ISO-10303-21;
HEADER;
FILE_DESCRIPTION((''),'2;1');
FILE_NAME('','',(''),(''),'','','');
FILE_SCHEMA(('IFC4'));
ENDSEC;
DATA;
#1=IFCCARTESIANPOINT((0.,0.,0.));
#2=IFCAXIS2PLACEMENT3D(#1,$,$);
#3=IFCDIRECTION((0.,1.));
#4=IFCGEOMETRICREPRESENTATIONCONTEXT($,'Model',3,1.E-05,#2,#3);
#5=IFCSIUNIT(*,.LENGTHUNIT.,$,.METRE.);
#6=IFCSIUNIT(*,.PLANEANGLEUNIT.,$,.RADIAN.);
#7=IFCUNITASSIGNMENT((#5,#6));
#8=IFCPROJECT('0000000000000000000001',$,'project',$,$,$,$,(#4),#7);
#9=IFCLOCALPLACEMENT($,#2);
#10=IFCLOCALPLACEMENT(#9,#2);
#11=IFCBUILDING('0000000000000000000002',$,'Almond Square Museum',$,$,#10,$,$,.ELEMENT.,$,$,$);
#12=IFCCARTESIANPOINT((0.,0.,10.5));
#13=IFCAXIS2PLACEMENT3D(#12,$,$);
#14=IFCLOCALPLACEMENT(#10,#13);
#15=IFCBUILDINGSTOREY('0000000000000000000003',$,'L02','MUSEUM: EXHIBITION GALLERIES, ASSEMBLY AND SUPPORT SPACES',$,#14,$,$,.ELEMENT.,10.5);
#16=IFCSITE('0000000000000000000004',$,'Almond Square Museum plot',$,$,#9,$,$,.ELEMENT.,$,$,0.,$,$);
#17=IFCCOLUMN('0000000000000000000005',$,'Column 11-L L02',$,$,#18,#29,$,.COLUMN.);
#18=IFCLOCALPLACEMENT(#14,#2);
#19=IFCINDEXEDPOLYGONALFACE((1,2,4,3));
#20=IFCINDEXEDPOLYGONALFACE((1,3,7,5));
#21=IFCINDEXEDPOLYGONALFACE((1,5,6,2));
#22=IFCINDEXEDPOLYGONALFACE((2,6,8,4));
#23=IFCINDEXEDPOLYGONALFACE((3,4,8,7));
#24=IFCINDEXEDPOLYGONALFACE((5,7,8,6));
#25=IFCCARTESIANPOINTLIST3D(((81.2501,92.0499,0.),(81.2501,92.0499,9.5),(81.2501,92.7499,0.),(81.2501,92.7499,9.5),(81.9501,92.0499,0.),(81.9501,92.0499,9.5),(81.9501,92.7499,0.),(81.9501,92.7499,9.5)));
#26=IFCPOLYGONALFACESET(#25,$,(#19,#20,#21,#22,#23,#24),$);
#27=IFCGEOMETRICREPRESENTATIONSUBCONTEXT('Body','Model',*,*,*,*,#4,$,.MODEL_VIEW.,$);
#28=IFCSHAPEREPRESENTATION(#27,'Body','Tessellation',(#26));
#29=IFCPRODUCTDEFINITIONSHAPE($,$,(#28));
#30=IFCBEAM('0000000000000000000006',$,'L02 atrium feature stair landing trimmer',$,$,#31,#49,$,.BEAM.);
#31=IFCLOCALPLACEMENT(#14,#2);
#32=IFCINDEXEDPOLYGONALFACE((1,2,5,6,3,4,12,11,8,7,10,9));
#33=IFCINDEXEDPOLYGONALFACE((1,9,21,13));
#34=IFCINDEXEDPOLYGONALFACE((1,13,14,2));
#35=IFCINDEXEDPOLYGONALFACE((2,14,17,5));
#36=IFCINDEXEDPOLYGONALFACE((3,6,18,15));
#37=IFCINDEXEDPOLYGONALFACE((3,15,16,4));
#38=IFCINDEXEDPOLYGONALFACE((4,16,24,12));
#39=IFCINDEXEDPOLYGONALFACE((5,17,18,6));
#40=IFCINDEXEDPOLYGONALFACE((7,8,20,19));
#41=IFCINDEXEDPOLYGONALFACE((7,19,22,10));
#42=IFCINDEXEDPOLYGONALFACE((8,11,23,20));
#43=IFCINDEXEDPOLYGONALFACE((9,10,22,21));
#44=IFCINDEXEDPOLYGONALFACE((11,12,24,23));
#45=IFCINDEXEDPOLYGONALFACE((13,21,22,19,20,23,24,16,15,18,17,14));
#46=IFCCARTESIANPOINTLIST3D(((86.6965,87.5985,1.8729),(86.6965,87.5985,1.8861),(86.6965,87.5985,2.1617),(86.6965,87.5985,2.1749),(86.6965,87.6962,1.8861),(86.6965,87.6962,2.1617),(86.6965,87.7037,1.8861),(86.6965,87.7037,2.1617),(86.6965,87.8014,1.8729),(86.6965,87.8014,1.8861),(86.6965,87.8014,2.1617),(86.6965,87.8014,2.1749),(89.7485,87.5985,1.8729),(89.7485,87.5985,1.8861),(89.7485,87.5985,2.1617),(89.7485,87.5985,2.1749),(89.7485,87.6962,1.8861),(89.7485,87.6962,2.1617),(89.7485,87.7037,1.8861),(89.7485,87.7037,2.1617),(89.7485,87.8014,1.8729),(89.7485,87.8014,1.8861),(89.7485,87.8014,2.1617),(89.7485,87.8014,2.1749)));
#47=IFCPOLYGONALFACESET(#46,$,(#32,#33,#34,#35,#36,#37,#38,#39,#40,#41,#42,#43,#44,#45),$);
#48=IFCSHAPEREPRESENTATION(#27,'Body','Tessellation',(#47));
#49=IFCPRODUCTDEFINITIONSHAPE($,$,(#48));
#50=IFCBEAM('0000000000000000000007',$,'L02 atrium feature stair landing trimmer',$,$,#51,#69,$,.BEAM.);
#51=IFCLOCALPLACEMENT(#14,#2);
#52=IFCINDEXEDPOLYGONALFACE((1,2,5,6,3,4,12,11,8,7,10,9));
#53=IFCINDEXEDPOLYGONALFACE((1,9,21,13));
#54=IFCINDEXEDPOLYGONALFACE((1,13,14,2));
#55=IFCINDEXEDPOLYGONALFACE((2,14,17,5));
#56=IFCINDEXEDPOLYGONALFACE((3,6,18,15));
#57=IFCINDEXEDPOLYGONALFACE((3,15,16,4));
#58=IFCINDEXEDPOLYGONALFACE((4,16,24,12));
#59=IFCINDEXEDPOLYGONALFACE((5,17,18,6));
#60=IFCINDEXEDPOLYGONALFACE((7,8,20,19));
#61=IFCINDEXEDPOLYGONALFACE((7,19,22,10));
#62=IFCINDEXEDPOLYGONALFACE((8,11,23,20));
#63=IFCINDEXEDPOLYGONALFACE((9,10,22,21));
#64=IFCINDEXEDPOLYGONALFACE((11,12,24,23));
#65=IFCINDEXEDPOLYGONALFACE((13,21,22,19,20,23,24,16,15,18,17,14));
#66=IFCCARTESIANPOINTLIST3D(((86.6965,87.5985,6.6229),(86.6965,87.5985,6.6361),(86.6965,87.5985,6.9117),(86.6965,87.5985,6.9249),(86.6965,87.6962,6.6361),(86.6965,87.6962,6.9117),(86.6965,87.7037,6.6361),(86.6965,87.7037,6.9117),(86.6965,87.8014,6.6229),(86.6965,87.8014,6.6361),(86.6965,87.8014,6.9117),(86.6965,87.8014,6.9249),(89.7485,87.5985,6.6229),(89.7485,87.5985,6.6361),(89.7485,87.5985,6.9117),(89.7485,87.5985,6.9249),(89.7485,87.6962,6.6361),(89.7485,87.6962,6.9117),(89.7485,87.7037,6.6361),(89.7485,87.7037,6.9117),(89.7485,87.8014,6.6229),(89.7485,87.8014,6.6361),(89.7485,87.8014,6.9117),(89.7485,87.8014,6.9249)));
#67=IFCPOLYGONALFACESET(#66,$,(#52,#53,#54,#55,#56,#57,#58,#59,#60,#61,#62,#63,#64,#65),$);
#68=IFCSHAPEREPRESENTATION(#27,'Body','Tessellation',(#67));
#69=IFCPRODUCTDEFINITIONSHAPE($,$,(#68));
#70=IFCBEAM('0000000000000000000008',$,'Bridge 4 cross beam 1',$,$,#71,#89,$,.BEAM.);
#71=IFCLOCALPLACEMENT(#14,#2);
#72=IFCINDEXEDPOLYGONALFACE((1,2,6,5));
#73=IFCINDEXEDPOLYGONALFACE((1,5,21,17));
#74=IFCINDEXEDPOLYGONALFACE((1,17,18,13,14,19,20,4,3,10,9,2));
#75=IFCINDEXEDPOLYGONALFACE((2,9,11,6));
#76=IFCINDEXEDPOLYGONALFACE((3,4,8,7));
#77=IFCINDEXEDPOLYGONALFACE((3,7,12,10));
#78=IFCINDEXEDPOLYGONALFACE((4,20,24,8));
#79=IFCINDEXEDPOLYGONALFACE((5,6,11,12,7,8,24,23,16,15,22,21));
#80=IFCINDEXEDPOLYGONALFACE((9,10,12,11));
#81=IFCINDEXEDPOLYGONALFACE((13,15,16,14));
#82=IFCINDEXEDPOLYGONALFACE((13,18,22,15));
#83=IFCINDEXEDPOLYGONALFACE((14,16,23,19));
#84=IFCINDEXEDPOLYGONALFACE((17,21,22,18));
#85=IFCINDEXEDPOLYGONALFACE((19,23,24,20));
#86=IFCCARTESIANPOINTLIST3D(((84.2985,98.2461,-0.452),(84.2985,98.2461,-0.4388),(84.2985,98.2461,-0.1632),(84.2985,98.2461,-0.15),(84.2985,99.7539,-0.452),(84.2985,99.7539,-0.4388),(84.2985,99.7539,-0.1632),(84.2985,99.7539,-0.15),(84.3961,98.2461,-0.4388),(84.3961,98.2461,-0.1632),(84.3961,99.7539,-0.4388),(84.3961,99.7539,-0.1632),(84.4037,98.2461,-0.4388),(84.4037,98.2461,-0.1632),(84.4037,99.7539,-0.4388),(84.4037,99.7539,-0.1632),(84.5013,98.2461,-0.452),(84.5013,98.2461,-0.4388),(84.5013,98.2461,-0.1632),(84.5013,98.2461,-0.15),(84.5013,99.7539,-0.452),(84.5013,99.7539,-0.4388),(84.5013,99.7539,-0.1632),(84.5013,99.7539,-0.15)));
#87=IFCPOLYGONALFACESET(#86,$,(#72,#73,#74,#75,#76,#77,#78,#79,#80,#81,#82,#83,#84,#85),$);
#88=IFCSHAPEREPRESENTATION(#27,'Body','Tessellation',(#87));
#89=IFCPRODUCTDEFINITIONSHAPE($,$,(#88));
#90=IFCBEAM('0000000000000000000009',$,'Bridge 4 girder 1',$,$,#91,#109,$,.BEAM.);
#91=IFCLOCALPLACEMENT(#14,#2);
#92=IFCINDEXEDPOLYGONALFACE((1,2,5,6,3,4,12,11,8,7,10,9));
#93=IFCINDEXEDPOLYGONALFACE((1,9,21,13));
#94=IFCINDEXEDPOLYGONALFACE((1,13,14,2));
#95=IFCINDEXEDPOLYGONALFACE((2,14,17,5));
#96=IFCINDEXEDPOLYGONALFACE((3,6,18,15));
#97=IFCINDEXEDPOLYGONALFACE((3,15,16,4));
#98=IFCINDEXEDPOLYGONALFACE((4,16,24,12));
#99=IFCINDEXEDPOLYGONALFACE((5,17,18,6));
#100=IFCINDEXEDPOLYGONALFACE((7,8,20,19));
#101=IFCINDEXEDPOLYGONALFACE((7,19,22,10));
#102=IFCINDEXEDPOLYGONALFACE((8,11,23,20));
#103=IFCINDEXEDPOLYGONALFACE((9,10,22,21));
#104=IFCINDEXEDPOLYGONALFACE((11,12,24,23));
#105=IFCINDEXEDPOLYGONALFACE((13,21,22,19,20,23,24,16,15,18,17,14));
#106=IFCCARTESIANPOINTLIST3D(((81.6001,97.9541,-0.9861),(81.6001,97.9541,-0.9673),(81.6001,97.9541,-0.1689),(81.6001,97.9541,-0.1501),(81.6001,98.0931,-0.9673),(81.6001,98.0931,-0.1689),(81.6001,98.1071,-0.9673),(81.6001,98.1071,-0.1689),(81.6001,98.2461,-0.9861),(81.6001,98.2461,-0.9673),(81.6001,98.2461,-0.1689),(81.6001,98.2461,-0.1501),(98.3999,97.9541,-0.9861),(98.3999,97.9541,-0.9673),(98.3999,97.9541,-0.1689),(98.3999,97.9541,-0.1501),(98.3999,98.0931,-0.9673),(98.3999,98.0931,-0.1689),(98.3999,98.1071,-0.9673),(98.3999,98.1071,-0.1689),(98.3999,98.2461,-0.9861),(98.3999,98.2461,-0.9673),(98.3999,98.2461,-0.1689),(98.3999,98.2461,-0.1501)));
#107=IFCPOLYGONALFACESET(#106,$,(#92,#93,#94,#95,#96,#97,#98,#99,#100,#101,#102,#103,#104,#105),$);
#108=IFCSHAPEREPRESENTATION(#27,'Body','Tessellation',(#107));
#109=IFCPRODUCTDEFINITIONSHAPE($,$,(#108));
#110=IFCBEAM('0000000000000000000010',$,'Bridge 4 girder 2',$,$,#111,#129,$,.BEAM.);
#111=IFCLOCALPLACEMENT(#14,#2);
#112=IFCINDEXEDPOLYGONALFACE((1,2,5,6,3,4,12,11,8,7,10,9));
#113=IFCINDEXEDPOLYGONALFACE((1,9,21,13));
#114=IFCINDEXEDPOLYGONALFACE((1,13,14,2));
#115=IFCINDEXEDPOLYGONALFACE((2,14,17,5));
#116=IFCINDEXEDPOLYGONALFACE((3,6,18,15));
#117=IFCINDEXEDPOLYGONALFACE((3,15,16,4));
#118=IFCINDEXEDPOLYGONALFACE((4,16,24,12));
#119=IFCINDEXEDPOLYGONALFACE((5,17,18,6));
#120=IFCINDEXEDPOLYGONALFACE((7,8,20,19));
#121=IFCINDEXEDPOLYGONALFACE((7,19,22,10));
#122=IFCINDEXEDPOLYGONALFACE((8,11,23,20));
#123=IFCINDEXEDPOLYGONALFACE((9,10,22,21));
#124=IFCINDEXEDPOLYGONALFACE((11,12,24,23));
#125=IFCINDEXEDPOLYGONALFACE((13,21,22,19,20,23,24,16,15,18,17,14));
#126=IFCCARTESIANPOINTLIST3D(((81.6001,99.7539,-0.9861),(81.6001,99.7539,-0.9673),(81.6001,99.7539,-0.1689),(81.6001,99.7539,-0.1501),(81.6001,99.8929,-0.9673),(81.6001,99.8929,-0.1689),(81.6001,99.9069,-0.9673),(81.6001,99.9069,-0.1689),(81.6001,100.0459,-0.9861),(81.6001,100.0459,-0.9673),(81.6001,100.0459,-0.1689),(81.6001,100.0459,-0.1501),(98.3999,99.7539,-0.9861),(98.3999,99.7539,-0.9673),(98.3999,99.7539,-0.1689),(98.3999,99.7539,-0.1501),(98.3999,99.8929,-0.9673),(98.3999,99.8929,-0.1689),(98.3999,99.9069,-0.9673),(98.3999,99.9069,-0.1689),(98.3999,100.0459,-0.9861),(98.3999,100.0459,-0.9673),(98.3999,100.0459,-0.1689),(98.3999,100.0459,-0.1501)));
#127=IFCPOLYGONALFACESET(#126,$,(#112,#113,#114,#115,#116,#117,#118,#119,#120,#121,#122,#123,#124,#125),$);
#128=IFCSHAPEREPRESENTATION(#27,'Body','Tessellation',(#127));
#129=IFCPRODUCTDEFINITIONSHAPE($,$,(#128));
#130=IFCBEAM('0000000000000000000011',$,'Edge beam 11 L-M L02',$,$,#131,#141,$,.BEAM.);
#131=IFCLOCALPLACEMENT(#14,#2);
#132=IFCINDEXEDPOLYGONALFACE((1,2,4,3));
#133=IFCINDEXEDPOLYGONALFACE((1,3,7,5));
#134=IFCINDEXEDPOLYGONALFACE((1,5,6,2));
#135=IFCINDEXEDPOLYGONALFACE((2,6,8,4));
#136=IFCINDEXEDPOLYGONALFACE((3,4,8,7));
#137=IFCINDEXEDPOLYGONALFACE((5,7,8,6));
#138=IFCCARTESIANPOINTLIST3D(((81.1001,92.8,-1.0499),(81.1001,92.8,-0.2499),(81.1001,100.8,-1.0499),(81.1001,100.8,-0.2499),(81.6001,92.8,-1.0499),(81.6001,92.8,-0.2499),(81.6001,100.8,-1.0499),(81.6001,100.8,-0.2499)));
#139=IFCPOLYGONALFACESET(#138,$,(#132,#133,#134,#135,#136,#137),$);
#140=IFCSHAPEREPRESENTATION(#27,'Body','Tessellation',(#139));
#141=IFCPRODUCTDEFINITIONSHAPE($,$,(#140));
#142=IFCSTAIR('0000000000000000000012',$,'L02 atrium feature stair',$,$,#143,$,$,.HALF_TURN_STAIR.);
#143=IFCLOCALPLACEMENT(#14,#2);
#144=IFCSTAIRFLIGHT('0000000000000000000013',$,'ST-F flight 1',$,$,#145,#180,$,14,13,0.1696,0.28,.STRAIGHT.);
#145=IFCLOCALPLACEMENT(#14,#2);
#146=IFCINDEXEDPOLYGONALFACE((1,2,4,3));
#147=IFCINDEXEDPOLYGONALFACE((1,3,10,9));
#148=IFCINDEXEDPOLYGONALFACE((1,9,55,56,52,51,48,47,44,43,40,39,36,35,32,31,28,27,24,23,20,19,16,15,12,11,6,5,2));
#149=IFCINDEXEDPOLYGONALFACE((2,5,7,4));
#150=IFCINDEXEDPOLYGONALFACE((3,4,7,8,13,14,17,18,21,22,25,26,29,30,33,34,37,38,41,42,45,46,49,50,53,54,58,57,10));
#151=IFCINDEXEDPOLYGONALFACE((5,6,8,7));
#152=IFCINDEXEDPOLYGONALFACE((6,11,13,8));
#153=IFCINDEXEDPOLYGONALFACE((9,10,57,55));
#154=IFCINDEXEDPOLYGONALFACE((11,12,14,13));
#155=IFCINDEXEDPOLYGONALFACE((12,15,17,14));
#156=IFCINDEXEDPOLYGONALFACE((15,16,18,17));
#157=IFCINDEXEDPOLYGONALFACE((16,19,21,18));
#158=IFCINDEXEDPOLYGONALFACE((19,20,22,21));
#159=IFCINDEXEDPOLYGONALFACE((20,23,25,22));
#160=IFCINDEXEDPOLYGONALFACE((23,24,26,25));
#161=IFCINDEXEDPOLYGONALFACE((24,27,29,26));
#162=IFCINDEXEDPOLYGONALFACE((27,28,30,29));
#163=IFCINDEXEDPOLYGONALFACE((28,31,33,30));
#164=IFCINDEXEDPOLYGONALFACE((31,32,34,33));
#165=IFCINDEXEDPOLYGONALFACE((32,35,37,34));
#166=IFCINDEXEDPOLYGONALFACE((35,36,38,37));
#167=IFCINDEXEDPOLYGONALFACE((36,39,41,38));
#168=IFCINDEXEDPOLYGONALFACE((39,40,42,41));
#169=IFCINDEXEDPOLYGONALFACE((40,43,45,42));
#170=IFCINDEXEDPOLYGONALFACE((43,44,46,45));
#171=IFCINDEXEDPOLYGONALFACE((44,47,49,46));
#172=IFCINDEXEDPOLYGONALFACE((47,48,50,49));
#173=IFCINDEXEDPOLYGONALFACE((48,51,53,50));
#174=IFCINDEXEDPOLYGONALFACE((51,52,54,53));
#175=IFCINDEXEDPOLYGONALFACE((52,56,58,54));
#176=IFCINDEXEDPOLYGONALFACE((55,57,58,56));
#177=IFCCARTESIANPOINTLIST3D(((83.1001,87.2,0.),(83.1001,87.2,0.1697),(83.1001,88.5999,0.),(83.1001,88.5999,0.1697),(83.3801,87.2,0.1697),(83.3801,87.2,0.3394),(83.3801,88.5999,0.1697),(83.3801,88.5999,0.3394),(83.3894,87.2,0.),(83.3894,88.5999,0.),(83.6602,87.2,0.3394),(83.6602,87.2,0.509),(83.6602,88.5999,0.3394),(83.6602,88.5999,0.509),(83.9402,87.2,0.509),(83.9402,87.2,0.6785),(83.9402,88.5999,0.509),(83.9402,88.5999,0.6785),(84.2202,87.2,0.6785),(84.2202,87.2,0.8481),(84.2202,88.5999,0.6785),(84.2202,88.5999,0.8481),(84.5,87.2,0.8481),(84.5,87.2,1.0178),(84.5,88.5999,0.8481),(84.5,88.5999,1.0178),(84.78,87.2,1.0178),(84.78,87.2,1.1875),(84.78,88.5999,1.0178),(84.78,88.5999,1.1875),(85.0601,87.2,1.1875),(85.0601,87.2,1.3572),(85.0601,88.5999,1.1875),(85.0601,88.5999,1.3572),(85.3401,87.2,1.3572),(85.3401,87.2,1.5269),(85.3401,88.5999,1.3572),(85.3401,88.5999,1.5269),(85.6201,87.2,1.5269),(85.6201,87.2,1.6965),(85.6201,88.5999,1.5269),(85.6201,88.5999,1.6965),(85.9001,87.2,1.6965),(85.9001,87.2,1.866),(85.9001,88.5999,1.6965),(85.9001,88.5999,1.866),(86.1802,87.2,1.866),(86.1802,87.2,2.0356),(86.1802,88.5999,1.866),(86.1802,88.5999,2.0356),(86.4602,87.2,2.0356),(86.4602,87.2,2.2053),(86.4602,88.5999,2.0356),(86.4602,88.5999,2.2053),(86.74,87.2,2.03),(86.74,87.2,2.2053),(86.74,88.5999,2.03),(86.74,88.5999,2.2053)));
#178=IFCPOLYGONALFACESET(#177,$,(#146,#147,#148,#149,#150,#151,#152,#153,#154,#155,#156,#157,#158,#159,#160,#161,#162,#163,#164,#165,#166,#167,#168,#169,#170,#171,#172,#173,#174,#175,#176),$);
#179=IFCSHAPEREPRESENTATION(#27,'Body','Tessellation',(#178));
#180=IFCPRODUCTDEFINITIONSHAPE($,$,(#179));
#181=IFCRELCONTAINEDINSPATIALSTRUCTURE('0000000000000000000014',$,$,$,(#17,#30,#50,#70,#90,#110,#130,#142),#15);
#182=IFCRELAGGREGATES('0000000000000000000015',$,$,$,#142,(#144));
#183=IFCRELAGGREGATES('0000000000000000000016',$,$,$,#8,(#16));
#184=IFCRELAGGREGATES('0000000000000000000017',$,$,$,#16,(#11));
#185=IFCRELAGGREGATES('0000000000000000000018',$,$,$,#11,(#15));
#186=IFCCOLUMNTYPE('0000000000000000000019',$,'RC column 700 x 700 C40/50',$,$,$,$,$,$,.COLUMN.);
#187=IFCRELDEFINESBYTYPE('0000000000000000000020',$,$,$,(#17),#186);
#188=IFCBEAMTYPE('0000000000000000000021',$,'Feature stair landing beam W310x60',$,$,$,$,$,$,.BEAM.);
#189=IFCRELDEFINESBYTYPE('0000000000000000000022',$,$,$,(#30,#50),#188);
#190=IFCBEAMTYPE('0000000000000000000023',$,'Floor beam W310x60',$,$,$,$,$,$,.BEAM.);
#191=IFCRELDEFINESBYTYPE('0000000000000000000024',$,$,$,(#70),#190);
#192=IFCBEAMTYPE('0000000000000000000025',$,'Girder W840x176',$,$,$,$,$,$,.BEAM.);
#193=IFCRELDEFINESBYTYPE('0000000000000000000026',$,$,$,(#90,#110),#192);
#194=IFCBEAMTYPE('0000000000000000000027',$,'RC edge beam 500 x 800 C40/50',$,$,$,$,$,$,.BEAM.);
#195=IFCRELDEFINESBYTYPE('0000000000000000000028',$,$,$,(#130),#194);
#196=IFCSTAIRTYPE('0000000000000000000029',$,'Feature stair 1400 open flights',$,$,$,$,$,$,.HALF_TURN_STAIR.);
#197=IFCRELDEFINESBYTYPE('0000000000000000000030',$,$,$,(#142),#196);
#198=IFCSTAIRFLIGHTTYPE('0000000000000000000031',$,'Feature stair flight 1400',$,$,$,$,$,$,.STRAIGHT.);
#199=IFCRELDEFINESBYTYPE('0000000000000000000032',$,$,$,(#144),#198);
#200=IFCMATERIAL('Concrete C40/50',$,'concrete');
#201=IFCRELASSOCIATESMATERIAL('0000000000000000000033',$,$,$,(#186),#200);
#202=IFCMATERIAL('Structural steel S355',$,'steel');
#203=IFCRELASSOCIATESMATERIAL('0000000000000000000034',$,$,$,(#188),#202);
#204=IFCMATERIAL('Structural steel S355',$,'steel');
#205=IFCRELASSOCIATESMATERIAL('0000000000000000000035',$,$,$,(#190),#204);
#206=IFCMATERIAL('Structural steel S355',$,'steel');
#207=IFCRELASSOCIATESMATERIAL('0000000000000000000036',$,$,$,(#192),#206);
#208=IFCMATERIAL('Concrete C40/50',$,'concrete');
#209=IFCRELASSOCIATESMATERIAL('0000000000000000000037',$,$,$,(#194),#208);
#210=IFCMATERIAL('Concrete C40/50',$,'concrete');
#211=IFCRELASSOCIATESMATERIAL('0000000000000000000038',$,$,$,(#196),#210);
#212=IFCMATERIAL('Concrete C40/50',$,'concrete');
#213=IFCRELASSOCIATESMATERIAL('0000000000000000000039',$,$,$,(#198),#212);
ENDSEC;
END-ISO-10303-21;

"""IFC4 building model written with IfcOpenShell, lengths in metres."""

from ifc_helpers import new_model, si_unit, direction, frame, origin, origin_2d, place, context, subcontext, project, spatial, polyline, rectangle, i_section, outline, extrude, material, material_profile, profile_set, type_object, element, aggregate, save


model = new_model("IFC4")

# Units and contexts
model_context = context("Model", 3, precision=1e-05, world=origin(), true_north=direction((0.0, 1.0)))
body_context = subcontext(model_context, "Body", "Model", "MODEL_VIEW")
ifc_project = project(units=[si_unit("LENGTHUNIT", "METRE"), si_unit("PLANEANGLEUNIT", "RADIAN")], contexts=[model_context])

# Site, building, storey
site_placement = place(None, origin())
site = spatial("IfcSite", under=ifc_project, at=site_placement, Name="Almond Square Museum plot", CompositionType="ELEMENT", RefElevation=0.0)
building_placement = place(site_placement, origin())
building = spatial("IfcBuilding", under=site, at=building_placement, Name="Almond Square Museum", CompositionType="ELEMENT")
storey_placement = place(building_placement, frame((0.0, 0.0, 10.5)))
storey = spatial("IfcBuildingStorey", under=building, at=storey_placement, Name="L02", Description="MUSEUM: EXHIBITION GALLERIES, ASSEMBLY AND SUPPORT SPACES", CompositionType="ELEMENT", Elevation=10.5)

# Column
ifc_material_1 = material(Name="Concrete C40/50", Category="concrete")
ifc_material_profile_1 = material_profile(ifc_material_1, rectangle(XDim=0.7, YDim=0.7, at=origin_2d()))
ifc_profile_set_1 = profile_set([ifc_material_profile_1], Name="Concrete C40/50")
column_type_1 = type_object("IfcColumnType", Name="RC column 700 x 700 C40/50", PredefinedType="COLUMN", material=ifc_profile_set_1)
column_placement = place(storey_placement, frame((81.6001, 92.3999, 0.0), z_axis=(0.0, 0.0, 1.0), x_axis=(1.0, 0.0, 0.0)))
element("IfcColumn", 1, at=column_placement, inside=storey, type_object=column_type_1, Name="Column 11-L L02", PredefinedType="COLUMN", context=body_context, shape_type="SweptSolid", body=[
    extrude(rectangle(XDim=0.7, YDim=0.7, at=origin_2d()), origin(), (0.0, 0.0, 1.0), 9.5),
])

# Beams
ifc_material_2 = material(Name="Structural steel S355", Category="steel")
ifc_material_profile_2 = material_profile(ifc_material_2, i_section(OverallWidth=0.2029, OverallDepth=0.302, WebThickness=0.0076, FlangeThickness=0.0132, at=origin_2d()))
ifc_profile_set_2 = profile_set([ifc_material_profile_2], Name="Structural steel S355")
beam_type_1 = type_object("IfcBeamType", Name="Feature stair landing beam W310x60", PredefinedType="BEAM", material=ifc_profile_set_2)
for number, where, z_axis, x_axis, name in (
    (2, (86.6965, 87.7, 2.0239), (1.0, 0.0, 0.0), (0.0, 1.0, 0.0), "L02 atrium feature stair landing trimmer"),
    (3, (86.6965, 87.7, 6.7739), (1.0, 0.0, 0.0), (0.0, 1.0, 0.0), "L02 atrium feature stair landing trimmer"),
):
    element("IfcBeam", number, at=place(storey_placement, frame(where, z_axis=z_axis, x_axis=x_axis)), inside=storey, type_object=beam_type_1, Name=name, PredefinedType="BEAM", context=body_context, shape_type="SweptSolid", body=[
        extrude(i_section(OverallWidth=0.2029, OverallDepth=0.302, WebThickness=0.0076, FlangeThickness=0.0132, at=origin_2d()), origin(), (0.0, 0.0, 1.0), 3.052),
    ])
ifc_material_3 = material(Name="Structural steel S355", Category="steel")
ifc_material_profile_3 = material_profile(ifc_material_3, i_section(OverallWidth=0.2029, OverallDepth=0.302, WebThickness=0.0076, FlangeThickness=0.0132, at=origin_2d()))
ifc_profile_set_3 = profile_set([ifc_material_profile_3], Name="Structural steel S355")
beam_type_2 = type_object("IfcBeamType", Name="Floor beam W310x60", PredefinedType="BEAM", material=ifc_profile_set_3)
beam_1_placement = place(storey_placement, frame((84.3999, 98.2461, -0.301), z_axis=(0.0, 1.0, 0.0), x_axis=(-1.0, 0.0, 0.0)))
element("IfcBeam", 4, at=beam_1_placement, inside=storey, type_object=beam_type_2, Name="Bridge 4 cross beam 1", PredefinedType="BEAM", context=body_context, shape_type="SweptSolid", body=[
    extrude(i_section(OverallWidth=0.2029, OverallDepth=0.302, WebThickness=0.0076, FlangeThickness=0.0132, at=origin_2d()), origin(), (0.0, 0.0, 1.0), 1.5078),
])
ifc_material_4 = material(Name="Structural steel S355", Category="steel")
ifc_material_profile_4 = material_profile(ifc_material_4, i_section(OverallWidth=0.292, OverallDepth=0.8359, WebThickness=0.0139, FlangeThickness=0.0188, at=origin_2d()))
ifc_profile_set_4 = profile_set([ifc_material_profile_4], Name="Structural steel S355")
beam_type_3 = type_object("IfcBeamType", Name="Girder W840x176", PredefinedType="BEAM", material=ifc_profile_set_4)
for number, where, z_axis, x_axis, name in (
    (5, (81.6001, 98.1001, -0.5681), (1.0, 0.0, 0.0), (0.0, 1.0, 0.0), "Bridge 4 girder 1"),
    (6, (81.6001, 99.8999, -0.5681), (1.0, 0.0, 0.0), (0.0, 1.0, 0.0), "Bridge 4 girder 2"),
):
    element("IfcBeam", number, at=place(storey_placement, frame(where, z_axis=z_axis, x_axis=x_axis)), inside=storey, type_object=beam_type_3, Name=name, PredefinedType="BEAM", context=body_context, shape_type="SweptSolid", body=[
        extrude(i_section(OverallWidth=0.292, OverallDepth=0.8359, WebThickness=0.0139, FlangeThickness=0.0188, at=origin_2d()), origin(), (0.0, 0.0, 1.0), 16.7998),
    ])
ifc_material_5 = material(Name="Concrete C40/50", Category="concrete")
ifc_material_profile_5 = material_profile(ifc_material_5, rectangle(XDim=0.5, YDim=0.8, at=origin_2d()))
ifc_profile_set_5 = profile_set([ifc_material_profile_5], Name="Concrete C40/50")
beam_type_4 = type_object("IfcBeamType", Name="RC edge beam 500 x 800 C40/50", PredefinedType="BEAM", material=ifc_profile_set_5)
beam_2_placement = place(storey_placement, frame((81.3501, 92.8, -0.6499), z_axis=(0.0, 1.0, 0.0), x_axis=(-1.0, 0.0, 0.0)))
element("IfcBeam", 7, at=beam_2_placement, inside=storey, type_object=beam_type_4, Name="Edge beam 11 L-M L02", PredefinedType="BEAM", context=body_context, shape_type="SweptSolid", body=[
    extrude(rectangle(XDim=0.5, YDim=0.8, at=origin_2d()), origin(), (0.0, 0.0, 1.0), 8.0),
])

# Stair, stair flight
ifc_material_6 = material(Name="Concrete C40/50", Category="concrete")
stair_type = type_object("IfcStairType", Name="Feature stair 1400 open flights", PredefinedType="HALF_TURN_STAIR", material=ifc_material_6)
stair_placement = place(storey_placement, origin())
stair = element("IfcStair", 8, at=stair_placement, inside=storey, type_object=stair_type, Name="L02 atrium feature stair", PredefinedType="HALF_TURN_STAIR")
ifc_material_7 = material(Name="Concrete C40/50", Category="concrete")
stair_flight_type = type_object("IfcStairFlightType", Name="Feature stair flight 1400", PredefinedType="STRAIGHT", material=ifc_material_7)
stair_flight_1_placement = place(storey_placement, frame((83.1001, 87.8999, 0.0), z_axis=(0.0, 0.0, 1.0), x_axis=(1.0, 0.0, 0.0)))
stair_flight_1 = element("IfcStairFlight", 9, at=stair_flight_1_placement, type_object=stair_flight_type, Name="ST-F flight 1", NumberOfRisers=14, NumberOfTreads=13, PredefinedType="STRAIGHT", RiserHeight=0.1696, TreadLength=0.28, context=body_context, shape_type="SweptSolid", body=[
    extrude(outline(polyline([(0.0, 0.0), (0.0, 0.1697), (0.28, 0.1697), (0.28, 0.3394), (0.5601, 0.3394), (0.5601, 0.509), (0.8401, 0.509), (0.8401, 0.6785), (1.1201, 0.6785), (1.1201, 0.8481), (1.3999, 0.8481), (1.3999, 1.0178), (1.6799, 1.0178), (1.6799, 1.1875), (1.96, 1.1875), (1.96, 1.3572), (2.24, 1.3572), (2.24, 1.5269), (2.52, 1.5269), (2.52, 1.6965), (2.8, 1.6965), (2.8, 1.866), (3.0801, 1.866), (3.0801, 2.0356), (3.3601, 2.0356), (3.3601, 2.2053), (3.6399, 2.2053), (3.6399, 2.375), (3.6399, 2.03), (0.2893, 0.0), (0.0, 0.0)])), frame((0.0, 0.7, 0.0), z_axis=(0.0, -1.0, 0.0), x_axis=(1.0, 0.0, 0.0)), (0.0, 0.0, 1.0), 1.3999),
])
aggregate(stair, [stair_flight_1])

save(model, "model.ifc")
